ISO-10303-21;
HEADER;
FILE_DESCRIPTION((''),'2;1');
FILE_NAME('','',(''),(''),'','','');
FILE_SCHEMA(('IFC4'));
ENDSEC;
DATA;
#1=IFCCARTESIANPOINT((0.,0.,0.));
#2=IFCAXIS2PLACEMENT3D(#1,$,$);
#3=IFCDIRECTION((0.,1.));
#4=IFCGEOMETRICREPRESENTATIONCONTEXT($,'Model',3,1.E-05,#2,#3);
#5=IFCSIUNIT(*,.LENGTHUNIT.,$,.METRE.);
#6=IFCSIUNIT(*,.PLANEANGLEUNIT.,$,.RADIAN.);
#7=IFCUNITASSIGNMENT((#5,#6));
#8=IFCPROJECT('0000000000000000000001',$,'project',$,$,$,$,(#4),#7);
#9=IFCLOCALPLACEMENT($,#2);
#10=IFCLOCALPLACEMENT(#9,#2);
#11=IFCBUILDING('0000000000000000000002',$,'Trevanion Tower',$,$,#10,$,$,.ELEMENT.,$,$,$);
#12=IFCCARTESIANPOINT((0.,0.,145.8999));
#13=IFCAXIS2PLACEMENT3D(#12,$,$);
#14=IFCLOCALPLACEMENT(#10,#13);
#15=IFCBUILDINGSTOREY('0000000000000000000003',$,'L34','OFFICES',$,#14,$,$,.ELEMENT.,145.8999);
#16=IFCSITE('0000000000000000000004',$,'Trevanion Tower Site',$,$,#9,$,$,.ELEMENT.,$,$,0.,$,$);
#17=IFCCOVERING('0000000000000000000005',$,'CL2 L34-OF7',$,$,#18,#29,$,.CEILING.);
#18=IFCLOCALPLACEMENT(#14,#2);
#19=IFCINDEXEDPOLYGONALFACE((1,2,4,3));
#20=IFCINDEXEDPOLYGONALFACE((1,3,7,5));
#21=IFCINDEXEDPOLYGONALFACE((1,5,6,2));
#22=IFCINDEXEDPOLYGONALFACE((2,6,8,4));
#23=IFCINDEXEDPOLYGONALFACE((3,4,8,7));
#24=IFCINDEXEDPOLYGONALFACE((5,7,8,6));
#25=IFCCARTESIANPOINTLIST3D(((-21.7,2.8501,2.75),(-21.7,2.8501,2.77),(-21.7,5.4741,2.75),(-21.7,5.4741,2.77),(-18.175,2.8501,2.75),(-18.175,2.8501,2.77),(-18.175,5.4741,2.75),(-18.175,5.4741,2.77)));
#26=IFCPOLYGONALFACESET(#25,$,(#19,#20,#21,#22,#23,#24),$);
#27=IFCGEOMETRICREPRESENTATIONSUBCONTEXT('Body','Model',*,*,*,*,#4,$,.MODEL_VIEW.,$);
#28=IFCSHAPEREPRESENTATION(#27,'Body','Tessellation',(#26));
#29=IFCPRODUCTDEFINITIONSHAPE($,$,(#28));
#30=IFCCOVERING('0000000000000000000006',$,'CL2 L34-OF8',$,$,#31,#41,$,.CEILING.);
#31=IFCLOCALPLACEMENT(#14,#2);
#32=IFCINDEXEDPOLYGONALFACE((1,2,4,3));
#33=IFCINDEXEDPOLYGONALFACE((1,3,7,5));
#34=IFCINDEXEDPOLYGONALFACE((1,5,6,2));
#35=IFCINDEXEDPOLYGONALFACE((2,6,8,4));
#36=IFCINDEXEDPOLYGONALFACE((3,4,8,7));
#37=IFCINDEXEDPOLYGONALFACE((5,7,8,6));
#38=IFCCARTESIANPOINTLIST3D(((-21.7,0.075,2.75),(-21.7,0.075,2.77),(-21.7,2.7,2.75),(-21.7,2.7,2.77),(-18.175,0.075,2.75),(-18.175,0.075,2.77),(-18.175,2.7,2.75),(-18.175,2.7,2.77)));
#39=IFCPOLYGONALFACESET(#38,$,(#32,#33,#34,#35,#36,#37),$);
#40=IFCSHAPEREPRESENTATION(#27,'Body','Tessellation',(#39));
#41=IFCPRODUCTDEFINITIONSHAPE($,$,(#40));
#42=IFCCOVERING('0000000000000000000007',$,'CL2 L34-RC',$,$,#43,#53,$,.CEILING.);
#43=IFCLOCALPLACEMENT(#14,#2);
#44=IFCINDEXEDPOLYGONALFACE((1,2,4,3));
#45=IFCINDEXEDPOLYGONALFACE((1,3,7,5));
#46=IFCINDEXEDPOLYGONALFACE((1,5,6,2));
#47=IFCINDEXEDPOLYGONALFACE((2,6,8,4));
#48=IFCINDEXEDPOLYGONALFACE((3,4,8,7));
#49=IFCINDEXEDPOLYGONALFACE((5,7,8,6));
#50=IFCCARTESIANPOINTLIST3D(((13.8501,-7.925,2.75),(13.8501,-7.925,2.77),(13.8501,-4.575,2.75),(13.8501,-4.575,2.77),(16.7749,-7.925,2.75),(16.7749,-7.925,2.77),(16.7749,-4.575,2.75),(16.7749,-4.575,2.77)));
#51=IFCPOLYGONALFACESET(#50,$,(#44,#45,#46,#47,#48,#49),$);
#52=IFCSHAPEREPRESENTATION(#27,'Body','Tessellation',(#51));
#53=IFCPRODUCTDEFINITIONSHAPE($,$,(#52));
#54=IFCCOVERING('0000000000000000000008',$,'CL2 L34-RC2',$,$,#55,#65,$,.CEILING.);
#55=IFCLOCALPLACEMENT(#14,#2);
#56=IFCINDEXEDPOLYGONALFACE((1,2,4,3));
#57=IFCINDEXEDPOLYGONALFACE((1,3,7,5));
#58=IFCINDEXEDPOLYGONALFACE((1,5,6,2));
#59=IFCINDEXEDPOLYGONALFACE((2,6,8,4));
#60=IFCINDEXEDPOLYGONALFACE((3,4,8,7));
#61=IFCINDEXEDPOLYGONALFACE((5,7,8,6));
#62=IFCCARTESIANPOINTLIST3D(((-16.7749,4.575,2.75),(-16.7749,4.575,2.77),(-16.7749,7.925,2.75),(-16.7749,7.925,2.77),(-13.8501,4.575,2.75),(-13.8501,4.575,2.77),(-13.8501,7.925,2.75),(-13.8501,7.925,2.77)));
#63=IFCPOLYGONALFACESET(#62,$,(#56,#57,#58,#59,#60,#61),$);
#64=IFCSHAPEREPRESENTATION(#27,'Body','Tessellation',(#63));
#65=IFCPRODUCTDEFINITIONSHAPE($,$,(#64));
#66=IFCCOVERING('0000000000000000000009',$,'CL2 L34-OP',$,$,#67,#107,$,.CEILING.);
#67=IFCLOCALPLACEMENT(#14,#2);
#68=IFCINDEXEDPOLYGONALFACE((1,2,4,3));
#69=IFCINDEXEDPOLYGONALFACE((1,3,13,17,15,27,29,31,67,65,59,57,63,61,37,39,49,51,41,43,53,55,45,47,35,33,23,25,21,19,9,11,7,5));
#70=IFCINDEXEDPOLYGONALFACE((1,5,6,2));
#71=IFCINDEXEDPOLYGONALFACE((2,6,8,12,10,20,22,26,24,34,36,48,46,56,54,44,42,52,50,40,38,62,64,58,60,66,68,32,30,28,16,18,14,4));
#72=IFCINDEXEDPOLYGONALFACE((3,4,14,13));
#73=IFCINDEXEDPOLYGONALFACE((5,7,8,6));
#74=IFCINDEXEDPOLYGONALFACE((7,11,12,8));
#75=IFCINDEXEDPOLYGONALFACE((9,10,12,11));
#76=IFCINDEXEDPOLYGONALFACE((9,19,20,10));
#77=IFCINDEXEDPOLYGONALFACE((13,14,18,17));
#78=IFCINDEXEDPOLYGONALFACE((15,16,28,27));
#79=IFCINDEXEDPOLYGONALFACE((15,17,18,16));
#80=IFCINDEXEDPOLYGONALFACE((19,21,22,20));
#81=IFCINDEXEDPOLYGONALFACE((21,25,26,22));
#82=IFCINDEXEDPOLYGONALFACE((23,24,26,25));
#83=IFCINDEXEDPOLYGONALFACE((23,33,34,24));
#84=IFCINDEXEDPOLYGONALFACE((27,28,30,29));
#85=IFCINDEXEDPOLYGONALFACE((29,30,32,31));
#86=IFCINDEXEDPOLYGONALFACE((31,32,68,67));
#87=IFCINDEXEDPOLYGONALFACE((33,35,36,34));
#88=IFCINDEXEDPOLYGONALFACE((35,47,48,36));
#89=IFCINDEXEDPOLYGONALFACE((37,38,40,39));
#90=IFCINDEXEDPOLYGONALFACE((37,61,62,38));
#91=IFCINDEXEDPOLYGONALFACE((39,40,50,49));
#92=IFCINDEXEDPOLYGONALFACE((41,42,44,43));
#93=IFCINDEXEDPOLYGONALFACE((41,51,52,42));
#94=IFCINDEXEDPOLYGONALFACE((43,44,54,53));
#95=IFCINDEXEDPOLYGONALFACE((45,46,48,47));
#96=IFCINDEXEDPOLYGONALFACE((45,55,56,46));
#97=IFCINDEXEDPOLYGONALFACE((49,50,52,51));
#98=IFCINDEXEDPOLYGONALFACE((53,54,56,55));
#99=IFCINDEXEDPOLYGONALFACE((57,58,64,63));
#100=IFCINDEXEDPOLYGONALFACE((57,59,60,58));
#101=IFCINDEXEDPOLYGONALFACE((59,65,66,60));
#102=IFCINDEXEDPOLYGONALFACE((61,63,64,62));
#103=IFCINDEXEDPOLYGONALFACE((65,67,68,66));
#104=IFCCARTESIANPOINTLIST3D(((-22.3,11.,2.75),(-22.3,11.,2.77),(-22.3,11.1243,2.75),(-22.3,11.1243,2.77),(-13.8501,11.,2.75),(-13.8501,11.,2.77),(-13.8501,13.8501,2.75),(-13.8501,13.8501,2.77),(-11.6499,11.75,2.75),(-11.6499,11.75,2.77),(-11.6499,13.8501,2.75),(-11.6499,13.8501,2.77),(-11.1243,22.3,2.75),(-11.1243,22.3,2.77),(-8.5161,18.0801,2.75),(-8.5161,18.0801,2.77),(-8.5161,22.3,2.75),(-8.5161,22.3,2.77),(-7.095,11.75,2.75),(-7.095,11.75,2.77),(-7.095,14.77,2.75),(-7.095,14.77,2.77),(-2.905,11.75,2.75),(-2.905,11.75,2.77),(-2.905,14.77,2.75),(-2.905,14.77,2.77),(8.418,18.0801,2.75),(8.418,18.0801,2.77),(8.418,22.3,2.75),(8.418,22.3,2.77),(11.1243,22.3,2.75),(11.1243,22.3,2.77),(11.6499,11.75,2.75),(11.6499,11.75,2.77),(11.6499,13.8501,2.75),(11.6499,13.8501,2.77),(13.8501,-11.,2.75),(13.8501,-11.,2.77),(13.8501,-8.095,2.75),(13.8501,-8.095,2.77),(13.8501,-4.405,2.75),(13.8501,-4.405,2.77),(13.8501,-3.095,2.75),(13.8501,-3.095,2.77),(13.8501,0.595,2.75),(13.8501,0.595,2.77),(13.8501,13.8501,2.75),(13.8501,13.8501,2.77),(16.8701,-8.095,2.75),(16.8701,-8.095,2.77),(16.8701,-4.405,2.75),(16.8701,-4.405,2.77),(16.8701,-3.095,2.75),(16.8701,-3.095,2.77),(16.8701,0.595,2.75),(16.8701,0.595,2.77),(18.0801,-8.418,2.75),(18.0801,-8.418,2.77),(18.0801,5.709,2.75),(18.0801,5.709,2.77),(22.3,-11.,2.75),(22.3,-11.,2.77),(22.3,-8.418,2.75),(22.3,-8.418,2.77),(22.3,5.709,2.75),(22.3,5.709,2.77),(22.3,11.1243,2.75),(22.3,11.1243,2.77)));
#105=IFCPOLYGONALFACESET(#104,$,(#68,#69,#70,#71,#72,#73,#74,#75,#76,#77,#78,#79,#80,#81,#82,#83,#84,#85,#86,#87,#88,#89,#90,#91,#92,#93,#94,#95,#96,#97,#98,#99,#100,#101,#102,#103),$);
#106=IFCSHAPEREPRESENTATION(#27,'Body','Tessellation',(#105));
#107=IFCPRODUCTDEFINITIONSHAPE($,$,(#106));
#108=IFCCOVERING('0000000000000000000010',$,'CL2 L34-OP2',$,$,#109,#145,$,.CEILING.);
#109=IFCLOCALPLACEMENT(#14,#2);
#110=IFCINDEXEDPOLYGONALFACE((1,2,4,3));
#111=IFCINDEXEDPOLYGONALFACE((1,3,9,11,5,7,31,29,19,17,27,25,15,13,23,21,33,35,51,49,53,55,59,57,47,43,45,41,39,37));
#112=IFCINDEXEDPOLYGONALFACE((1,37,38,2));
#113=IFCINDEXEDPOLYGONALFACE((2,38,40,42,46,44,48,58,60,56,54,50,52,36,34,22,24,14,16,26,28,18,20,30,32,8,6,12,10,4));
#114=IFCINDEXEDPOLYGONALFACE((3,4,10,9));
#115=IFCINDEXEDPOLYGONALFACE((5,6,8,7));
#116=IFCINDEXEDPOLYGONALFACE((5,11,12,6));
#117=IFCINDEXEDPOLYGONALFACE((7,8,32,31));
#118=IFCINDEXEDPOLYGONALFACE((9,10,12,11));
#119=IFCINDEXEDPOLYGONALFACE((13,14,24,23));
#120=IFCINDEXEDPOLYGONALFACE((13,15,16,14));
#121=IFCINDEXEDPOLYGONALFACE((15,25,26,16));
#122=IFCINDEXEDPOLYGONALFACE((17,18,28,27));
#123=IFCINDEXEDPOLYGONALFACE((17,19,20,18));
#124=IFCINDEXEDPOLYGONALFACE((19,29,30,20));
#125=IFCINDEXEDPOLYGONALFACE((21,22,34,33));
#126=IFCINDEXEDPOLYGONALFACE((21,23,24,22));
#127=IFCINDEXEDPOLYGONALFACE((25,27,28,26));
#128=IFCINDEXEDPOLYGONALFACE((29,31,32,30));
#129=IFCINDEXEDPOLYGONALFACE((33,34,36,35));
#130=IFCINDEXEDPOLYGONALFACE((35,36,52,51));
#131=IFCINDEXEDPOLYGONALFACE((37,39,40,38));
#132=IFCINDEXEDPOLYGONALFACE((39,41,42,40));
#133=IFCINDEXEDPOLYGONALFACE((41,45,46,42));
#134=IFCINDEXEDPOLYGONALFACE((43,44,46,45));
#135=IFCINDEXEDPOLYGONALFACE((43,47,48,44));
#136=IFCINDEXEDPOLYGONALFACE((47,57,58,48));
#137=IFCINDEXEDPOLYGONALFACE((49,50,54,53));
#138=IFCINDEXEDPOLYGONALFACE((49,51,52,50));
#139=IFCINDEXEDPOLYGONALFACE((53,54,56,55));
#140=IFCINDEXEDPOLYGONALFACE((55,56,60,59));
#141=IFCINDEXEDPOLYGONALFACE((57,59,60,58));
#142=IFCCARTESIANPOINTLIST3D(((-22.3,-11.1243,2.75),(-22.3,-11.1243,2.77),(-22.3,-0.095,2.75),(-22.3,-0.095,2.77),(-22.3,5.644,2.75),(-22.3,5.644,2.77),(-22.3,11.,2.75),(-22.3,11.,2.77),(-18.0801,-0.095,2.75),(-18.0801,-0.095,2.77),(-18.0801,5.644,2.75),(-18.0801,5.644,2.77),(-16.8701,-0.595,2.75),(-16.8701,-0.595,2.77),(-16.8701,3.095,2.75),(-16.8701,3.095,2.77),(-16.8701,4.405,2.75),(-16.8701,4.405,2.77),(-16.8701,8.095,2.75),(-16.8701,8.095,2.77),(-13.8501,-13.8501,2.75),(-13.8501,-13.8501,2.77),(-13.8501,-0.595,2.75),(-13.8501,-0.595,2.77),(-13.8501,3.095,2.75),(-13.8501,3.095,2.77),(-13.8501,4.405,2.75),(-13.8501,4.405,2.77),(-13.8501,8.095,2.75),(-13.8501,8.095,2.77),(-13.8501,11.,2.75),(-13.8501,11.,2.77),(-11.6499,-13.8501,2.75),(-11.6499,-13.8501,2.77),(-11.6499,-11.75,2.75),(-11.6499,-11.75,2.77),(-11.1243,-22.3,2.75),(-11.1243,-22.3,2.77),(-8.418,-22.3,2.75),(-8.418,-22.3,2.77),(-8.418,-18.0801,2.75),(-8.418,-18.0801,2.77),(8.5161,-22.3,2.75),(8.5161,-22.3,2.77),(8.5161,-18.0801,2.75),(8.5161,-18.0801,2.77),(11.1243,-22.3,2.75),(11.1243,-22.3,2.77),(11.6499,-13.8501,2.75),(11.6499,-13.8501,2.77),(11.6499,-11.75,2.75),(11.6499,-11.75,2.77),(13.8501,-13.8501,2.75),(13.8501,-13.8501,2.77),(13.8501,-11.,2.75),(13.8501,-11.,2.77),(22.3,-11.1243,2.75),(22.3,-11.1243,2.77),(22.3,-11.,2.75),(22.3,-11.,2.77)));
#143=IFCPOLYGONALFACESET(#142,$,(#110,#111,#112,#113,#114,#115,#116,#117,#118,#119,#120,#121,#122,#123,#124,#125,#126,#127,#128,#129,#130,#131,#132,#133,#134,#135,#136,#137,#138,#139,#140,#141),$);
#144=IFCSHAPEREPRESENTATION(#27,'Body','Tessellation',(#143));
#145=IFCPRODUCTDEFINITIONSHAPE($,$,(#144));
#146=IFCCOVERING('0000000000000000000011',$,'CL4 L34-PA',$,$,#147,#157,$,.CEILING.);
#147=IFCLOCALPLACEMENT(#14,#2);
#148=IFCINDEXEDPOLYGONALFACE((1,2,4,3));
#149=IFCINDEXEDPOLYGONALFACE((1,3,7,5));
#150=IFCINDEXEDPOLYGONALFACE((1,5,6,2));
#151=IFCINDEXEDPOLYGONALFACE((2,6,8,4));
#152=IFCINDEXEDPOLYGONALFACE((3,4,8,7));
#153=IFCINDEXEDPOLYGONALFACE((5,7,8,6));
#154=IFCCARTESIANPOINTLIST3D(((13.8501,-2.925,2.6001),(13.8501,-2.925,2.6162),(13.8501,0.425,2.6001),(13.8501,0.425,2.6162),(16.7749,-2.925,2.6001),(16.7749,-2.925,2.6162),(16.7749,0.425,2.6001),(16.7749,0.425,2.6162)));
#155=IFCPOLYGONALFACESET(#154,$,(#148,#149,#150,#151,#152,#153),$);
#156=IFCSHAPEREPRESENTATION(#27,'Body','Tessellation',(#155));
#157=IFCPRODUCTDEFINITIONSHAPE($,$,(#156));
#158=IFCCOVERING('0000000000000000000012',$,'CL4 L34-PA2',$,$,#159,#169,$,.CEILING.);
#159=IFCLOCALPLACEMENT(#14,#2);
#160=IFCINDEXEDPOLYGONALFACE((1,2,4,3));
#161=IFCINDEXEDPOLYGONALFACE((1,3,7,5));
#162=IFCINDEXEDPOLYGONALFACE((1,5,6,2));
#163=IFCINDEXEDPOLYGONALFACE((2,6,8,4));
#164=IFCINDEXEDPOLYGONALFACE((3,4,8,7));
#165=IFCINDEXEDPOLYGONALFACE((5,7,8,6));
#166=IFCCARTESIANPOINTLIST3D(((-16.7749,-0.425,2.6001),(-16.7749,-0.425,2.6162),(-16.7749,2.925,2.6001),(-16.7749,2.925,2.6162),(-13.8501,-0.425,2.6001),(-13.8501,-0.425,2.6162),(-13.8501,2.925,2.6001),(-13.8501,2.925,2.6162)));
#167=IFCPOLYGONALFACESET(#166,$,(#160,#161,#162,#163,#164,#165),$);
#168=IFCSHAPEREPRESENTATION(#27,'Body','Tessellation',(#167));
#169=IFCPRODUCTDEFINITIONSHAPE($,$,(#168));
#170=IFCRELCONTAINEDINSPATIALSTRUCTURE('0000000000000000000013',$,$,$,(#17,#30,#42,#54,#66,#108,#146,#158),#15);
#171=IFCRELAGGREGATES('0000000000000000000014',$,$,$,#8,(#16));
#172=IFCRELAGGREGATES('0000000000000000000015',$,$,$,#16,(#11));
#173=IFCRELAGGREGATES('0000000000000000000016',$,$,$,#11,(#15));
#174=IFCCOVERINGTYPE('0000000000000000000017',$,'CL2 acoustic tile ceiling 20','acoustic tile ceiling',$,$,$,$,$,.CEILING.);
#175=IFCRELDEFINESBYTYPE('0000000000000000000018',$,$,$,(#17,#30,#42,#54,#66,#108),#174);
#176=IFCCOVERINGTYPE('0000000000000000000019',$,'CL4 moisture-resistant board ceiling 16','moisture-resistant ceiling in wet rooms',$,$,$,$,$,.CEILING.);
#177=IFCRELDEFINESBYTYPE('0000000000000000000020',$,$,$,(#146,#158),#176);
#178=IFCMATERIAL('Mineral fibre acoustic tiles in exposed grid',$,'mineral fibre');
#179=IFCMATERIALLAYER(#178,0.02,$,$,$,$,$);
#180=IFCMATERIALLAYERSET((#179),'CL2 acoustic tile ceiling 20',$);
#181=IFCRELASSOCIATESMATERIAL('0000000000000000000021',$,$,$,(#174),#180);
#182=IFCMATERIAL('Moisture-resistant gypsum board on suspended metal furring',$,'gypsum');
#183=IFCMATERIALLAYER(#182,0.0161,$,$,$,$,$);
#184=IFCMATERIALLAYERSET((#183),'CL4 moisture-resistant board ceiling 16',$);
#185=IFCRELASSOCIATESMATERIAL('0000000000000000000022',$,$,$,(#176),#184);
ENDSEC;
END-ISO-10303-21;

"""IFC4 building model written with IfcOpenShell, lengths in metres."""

from ifc_helpers import new_model, si_unit, direction, frame, origin, place, context, subcontext, project, spatial, polyline, outline, extrude, material, layer, layer_set, type_object, element, save


model = new_model("IFC4")

# Units and contexts
model_context = context("Model", 3, precision=1e-05, world=origin(), true_north=direction((0.0, 1.0)))
body_context = subcontext(model_context, "Body", "Model", "MODEL_VIEW")
ifc_project = project(units=[si_unit("LENGTHUNIT", "METRE"), si_unit("PLANEANGLEUNIT", "RADIAN")], contexts=[model_context])

# Site, building, storey
site_placement = place(None, origin())
site = spatial("IfcSite", under=ifc_project, at=site_placement, Name="Trevanion Tower Site", CompositionType="ELEMENT", RefElevation=0.0)
building_placement = place(site_placement, origin())
building = spatial("IfcBuilding", under=site, at=building_placement, Name="Trevanion Tower", CompositionType="ELEMENT")
storey_placement = place(building_placement, frame((0.0, 0.0, 145.8999)))
storey = spatial("IfcBuildingStorey", under=building, at=storey_placement, Name="L34", Description="OFFICES", CompositionType="ELEMENT", Elevation=145.8999)

# Coverings
ifc_material_1 = material(Name="Mineral fibre acoustic tiles in exposed grid", Category="mineral fibre")
ifc_layer_1 = layer(ifc_material_1, 0.02)
ifc_layer_set_1 = layer_set([ifc_layer_1], Name="CL2 acoustic tile ceiling 20")
covering_type_1 = type_object("IfcCoveringType", Name="CL2 acoustic tile ceiling 20", Description="acoustic tile ceiling", PredefinedType="CEILING", material=ifc_layer_set_1)
covering_1_placement = place(storey_placement, frame((0.0, 0.0, 2.75)))
element("IfcCovering", 1, at=covering_1_placement, inside=storey, type_object=covering_type_1, Name="CL2 L34-OF7", PredefinedType="CEILING", context=body_context, shape_type="SweptSolid", body=[
    extrude(outline(polyline([(-18.175, 5.4741), (-18.175, 2.8501), (-21.7, 2.8501), (-21.7, 5.4741), (-18.175, 5.4741)])), origin(), (0.0, 0.0, 1.0), 0.02),
])
covering_2_placement = place(storey_placement, frame((0.0, 0.0, 2.75)))
element("IfcCovering", 2, at=covering_2_placement, inside=storey, type_object=covering_type_1, Name="CL2 L34-OF8", PredefinedType="CEILING", context=body_context, shape_type="SweptSolid", body=[
    extrude(outline(polyline([(-18.175, 2.7), (-18.175, 0.075), (-21.7, 0.075), (-21.7, 2.7), (-18.175, 2.7)])), origin(), (0.0, 0.0, 1.0), 0.02),
])
covering_3_placement = place(storey_placement, frame((0.0, 0.0, 2.75)))
element("IfcCovering", 3, at=covering_3_placement, inside=storey, type_object=covering_type_1, Name="CL2 L34-RC", PredefinedType="CEILING", context=body_context, shape_type="SweptSolid", body=[
    extrude(outline(polyline([(13.8501, -7.925), (13.8501, -4.575), (16.7749, -4.575), (16.7749, -7.925), (13.8501, -7.925)])), origin(), (0.0, 0.0, 1.0), 0.02),
])
covering_4_placement = place(storey_placement, frame((0.0, 0.0, 2.75)))
element("IfcCovering", 4, at=covering_4_placement, inside=storey, type_object=covering_type_1, Name="CL2 L34-RC2", PredefinedType="CEILING", context=body_context, shape_type="SweptSolid", body=[
    extrude(outline(polyline([(-13.8501, 7.925), (-13.8501, 4.575), (-16.7749, 4.575), (-16.7749, 7.925), (-13.8501, 7.925)])), origin(), (0.0, 0.0, 1.0), 0.02),
])
covering_5_placement = place(storey_placement, frame((0.0, 0.0, 2.75)))
element("IfcCovering", 5, at=covering_5_placement, inside=storey, type_object=covering_type_1, Name="CL2 L34-OP", PredefinedType="CEILING", context=body_context, shape_type="SweptSolid", body=[
    extrude(outline(polyline([(11.6499, 13.8501), (11.6499, 11.75), (-2.905, 11.75), (-2.905, 14.77), (-7.095, 14.77), (-7.095, 11.75), (-11.6499, 11.75), (-11.6499, 13.8501), (-13.8501, 13.8501), (-13.8501, 11.0), (-22.3, 11.0), (-22.3, 11.1243), (-11.1243, 22.3), (-8.5161, 22.3), (-8.5161, 18.0801), (8.418, 18.0801), (8.418, 22.3), (11.1243, 22.3), (22.3, 11.1243), (22.3, 5.709), (18.0801, 5.709), (18.0801, -8.418), (22.3, -8.418), (22.3, -11.0), (13.8501, -11.0), (13.8501, -8.095), (16.8701, -8.095), (16.8701, -4.405), (13.8501, -4.405), (13.8501, -3.095), (16.8701, -3.095), (16.8701, 0.595), (13.8501, 0.595), (13.8501, 13.8501), (11.6499, 13.8501)])), origin(), (0.0, 0.0, 1.0), 0.02),
])
covering_6_placement = place(storey_placement, frame((0.0, 0.0, 2.75)))
element("IfcCovering", 6, at=covering_6_placement, inside=storey, type_object=covering_type_1, Name="CL2 L34-OP2", PredefinedType="CEILING", context=body_context, shape_type="SweptSolid", body=[
    extrude(outline(polyline([(11.6499, -13.8501), (13.8501, -13.8501), (13.8501, -11.0), (22.3, -11.0), (22.3, -11.1243), (11.1243, -22.3), (8.5161, -22.3), (8.5161, -18.0801), (-8.418, -18.0801), (-8.418, -22.3), (-11.1243, -22.3), (-22.3, -11.1243), (-22.3, -0.095), (-18.0801, -0.095), (-18.0801, 5.644), (-22.3, 5.644), (-22.3, 11.0), (-13.8501, 11.0), (-13.8501, 8.095), (-16.8701, 8.095), (-16.8701, 4.405), (-13.8501, 4.405), (-13.8501, 3.095), (-16.8701, 3.095), (-16.8701, -0.595), (-13.8501, -0.595), (-13.8501, -13.8501), (-11.6499, -13.8501), (-11.6499, -11.75), (11.6499, -11.75), (11.6499, -13.8501)])), origin(), (0.0, 0.0, 1.0), 0.02),
])
ifc_material_2 = material(Name="Moisture-resistant gypsum board on suspended metal furring", Category="gypsum")
ifc_layer_2 = layer(ifc_material_2, 0.0161)
ifc_layer_set_2 = layer_set([ifc_layer_2], Name="CL4 moisture-resistant board ceiling 16")
covering_type_2 = type_object("IfcCoveringType", Name="CL4 moisture-resistant board ceiling 16", Description="moisture-resistant ceiling in wet rooms", PredefinedType="CEILING", material=ifc_layer_set_2)
covering_7_placement = place(storey_placement, frame((0.0, 0.0, 2.6001)))
element("IfcCovering", 7, at=covering_7_placement, inside=storey, type_object=covering_type_2, Name="CL4 L34-PA", PredefinedType="CEILING", context=body_context, shape_type="SweptSolid", body=[
    extrude(outline(polyline([(13.8501, -2.925), (13.8501, 0.425), (16.7749, 0.425), (16.7749, -2.925), (13.8501, -2.925)])), origin(), (0.0, 0.0, 1.0), 0.0161),
])
covering_8_placement = place(storey_placement, frame((0.0, 0.0, 2.6001)))
element("IfcCovering", 8, at=covering_8_placement, inside=storey, type_object=covering_type_2, Name="CL4 L34-PA2", PredefinedType="CEILING", context=body_context, shape_type="SweptSolid", body=[
    extrude(outline(polyline([(-13.8501, 2.925), (-13.8501, -0.425), (-16.7749, -0.425), (-16.7749, 2.925), (-13.8501, 2.925)])), origin(), (0.0, 0.0, 1.0), 0.0161),
])

save(model, "model.ifc")
